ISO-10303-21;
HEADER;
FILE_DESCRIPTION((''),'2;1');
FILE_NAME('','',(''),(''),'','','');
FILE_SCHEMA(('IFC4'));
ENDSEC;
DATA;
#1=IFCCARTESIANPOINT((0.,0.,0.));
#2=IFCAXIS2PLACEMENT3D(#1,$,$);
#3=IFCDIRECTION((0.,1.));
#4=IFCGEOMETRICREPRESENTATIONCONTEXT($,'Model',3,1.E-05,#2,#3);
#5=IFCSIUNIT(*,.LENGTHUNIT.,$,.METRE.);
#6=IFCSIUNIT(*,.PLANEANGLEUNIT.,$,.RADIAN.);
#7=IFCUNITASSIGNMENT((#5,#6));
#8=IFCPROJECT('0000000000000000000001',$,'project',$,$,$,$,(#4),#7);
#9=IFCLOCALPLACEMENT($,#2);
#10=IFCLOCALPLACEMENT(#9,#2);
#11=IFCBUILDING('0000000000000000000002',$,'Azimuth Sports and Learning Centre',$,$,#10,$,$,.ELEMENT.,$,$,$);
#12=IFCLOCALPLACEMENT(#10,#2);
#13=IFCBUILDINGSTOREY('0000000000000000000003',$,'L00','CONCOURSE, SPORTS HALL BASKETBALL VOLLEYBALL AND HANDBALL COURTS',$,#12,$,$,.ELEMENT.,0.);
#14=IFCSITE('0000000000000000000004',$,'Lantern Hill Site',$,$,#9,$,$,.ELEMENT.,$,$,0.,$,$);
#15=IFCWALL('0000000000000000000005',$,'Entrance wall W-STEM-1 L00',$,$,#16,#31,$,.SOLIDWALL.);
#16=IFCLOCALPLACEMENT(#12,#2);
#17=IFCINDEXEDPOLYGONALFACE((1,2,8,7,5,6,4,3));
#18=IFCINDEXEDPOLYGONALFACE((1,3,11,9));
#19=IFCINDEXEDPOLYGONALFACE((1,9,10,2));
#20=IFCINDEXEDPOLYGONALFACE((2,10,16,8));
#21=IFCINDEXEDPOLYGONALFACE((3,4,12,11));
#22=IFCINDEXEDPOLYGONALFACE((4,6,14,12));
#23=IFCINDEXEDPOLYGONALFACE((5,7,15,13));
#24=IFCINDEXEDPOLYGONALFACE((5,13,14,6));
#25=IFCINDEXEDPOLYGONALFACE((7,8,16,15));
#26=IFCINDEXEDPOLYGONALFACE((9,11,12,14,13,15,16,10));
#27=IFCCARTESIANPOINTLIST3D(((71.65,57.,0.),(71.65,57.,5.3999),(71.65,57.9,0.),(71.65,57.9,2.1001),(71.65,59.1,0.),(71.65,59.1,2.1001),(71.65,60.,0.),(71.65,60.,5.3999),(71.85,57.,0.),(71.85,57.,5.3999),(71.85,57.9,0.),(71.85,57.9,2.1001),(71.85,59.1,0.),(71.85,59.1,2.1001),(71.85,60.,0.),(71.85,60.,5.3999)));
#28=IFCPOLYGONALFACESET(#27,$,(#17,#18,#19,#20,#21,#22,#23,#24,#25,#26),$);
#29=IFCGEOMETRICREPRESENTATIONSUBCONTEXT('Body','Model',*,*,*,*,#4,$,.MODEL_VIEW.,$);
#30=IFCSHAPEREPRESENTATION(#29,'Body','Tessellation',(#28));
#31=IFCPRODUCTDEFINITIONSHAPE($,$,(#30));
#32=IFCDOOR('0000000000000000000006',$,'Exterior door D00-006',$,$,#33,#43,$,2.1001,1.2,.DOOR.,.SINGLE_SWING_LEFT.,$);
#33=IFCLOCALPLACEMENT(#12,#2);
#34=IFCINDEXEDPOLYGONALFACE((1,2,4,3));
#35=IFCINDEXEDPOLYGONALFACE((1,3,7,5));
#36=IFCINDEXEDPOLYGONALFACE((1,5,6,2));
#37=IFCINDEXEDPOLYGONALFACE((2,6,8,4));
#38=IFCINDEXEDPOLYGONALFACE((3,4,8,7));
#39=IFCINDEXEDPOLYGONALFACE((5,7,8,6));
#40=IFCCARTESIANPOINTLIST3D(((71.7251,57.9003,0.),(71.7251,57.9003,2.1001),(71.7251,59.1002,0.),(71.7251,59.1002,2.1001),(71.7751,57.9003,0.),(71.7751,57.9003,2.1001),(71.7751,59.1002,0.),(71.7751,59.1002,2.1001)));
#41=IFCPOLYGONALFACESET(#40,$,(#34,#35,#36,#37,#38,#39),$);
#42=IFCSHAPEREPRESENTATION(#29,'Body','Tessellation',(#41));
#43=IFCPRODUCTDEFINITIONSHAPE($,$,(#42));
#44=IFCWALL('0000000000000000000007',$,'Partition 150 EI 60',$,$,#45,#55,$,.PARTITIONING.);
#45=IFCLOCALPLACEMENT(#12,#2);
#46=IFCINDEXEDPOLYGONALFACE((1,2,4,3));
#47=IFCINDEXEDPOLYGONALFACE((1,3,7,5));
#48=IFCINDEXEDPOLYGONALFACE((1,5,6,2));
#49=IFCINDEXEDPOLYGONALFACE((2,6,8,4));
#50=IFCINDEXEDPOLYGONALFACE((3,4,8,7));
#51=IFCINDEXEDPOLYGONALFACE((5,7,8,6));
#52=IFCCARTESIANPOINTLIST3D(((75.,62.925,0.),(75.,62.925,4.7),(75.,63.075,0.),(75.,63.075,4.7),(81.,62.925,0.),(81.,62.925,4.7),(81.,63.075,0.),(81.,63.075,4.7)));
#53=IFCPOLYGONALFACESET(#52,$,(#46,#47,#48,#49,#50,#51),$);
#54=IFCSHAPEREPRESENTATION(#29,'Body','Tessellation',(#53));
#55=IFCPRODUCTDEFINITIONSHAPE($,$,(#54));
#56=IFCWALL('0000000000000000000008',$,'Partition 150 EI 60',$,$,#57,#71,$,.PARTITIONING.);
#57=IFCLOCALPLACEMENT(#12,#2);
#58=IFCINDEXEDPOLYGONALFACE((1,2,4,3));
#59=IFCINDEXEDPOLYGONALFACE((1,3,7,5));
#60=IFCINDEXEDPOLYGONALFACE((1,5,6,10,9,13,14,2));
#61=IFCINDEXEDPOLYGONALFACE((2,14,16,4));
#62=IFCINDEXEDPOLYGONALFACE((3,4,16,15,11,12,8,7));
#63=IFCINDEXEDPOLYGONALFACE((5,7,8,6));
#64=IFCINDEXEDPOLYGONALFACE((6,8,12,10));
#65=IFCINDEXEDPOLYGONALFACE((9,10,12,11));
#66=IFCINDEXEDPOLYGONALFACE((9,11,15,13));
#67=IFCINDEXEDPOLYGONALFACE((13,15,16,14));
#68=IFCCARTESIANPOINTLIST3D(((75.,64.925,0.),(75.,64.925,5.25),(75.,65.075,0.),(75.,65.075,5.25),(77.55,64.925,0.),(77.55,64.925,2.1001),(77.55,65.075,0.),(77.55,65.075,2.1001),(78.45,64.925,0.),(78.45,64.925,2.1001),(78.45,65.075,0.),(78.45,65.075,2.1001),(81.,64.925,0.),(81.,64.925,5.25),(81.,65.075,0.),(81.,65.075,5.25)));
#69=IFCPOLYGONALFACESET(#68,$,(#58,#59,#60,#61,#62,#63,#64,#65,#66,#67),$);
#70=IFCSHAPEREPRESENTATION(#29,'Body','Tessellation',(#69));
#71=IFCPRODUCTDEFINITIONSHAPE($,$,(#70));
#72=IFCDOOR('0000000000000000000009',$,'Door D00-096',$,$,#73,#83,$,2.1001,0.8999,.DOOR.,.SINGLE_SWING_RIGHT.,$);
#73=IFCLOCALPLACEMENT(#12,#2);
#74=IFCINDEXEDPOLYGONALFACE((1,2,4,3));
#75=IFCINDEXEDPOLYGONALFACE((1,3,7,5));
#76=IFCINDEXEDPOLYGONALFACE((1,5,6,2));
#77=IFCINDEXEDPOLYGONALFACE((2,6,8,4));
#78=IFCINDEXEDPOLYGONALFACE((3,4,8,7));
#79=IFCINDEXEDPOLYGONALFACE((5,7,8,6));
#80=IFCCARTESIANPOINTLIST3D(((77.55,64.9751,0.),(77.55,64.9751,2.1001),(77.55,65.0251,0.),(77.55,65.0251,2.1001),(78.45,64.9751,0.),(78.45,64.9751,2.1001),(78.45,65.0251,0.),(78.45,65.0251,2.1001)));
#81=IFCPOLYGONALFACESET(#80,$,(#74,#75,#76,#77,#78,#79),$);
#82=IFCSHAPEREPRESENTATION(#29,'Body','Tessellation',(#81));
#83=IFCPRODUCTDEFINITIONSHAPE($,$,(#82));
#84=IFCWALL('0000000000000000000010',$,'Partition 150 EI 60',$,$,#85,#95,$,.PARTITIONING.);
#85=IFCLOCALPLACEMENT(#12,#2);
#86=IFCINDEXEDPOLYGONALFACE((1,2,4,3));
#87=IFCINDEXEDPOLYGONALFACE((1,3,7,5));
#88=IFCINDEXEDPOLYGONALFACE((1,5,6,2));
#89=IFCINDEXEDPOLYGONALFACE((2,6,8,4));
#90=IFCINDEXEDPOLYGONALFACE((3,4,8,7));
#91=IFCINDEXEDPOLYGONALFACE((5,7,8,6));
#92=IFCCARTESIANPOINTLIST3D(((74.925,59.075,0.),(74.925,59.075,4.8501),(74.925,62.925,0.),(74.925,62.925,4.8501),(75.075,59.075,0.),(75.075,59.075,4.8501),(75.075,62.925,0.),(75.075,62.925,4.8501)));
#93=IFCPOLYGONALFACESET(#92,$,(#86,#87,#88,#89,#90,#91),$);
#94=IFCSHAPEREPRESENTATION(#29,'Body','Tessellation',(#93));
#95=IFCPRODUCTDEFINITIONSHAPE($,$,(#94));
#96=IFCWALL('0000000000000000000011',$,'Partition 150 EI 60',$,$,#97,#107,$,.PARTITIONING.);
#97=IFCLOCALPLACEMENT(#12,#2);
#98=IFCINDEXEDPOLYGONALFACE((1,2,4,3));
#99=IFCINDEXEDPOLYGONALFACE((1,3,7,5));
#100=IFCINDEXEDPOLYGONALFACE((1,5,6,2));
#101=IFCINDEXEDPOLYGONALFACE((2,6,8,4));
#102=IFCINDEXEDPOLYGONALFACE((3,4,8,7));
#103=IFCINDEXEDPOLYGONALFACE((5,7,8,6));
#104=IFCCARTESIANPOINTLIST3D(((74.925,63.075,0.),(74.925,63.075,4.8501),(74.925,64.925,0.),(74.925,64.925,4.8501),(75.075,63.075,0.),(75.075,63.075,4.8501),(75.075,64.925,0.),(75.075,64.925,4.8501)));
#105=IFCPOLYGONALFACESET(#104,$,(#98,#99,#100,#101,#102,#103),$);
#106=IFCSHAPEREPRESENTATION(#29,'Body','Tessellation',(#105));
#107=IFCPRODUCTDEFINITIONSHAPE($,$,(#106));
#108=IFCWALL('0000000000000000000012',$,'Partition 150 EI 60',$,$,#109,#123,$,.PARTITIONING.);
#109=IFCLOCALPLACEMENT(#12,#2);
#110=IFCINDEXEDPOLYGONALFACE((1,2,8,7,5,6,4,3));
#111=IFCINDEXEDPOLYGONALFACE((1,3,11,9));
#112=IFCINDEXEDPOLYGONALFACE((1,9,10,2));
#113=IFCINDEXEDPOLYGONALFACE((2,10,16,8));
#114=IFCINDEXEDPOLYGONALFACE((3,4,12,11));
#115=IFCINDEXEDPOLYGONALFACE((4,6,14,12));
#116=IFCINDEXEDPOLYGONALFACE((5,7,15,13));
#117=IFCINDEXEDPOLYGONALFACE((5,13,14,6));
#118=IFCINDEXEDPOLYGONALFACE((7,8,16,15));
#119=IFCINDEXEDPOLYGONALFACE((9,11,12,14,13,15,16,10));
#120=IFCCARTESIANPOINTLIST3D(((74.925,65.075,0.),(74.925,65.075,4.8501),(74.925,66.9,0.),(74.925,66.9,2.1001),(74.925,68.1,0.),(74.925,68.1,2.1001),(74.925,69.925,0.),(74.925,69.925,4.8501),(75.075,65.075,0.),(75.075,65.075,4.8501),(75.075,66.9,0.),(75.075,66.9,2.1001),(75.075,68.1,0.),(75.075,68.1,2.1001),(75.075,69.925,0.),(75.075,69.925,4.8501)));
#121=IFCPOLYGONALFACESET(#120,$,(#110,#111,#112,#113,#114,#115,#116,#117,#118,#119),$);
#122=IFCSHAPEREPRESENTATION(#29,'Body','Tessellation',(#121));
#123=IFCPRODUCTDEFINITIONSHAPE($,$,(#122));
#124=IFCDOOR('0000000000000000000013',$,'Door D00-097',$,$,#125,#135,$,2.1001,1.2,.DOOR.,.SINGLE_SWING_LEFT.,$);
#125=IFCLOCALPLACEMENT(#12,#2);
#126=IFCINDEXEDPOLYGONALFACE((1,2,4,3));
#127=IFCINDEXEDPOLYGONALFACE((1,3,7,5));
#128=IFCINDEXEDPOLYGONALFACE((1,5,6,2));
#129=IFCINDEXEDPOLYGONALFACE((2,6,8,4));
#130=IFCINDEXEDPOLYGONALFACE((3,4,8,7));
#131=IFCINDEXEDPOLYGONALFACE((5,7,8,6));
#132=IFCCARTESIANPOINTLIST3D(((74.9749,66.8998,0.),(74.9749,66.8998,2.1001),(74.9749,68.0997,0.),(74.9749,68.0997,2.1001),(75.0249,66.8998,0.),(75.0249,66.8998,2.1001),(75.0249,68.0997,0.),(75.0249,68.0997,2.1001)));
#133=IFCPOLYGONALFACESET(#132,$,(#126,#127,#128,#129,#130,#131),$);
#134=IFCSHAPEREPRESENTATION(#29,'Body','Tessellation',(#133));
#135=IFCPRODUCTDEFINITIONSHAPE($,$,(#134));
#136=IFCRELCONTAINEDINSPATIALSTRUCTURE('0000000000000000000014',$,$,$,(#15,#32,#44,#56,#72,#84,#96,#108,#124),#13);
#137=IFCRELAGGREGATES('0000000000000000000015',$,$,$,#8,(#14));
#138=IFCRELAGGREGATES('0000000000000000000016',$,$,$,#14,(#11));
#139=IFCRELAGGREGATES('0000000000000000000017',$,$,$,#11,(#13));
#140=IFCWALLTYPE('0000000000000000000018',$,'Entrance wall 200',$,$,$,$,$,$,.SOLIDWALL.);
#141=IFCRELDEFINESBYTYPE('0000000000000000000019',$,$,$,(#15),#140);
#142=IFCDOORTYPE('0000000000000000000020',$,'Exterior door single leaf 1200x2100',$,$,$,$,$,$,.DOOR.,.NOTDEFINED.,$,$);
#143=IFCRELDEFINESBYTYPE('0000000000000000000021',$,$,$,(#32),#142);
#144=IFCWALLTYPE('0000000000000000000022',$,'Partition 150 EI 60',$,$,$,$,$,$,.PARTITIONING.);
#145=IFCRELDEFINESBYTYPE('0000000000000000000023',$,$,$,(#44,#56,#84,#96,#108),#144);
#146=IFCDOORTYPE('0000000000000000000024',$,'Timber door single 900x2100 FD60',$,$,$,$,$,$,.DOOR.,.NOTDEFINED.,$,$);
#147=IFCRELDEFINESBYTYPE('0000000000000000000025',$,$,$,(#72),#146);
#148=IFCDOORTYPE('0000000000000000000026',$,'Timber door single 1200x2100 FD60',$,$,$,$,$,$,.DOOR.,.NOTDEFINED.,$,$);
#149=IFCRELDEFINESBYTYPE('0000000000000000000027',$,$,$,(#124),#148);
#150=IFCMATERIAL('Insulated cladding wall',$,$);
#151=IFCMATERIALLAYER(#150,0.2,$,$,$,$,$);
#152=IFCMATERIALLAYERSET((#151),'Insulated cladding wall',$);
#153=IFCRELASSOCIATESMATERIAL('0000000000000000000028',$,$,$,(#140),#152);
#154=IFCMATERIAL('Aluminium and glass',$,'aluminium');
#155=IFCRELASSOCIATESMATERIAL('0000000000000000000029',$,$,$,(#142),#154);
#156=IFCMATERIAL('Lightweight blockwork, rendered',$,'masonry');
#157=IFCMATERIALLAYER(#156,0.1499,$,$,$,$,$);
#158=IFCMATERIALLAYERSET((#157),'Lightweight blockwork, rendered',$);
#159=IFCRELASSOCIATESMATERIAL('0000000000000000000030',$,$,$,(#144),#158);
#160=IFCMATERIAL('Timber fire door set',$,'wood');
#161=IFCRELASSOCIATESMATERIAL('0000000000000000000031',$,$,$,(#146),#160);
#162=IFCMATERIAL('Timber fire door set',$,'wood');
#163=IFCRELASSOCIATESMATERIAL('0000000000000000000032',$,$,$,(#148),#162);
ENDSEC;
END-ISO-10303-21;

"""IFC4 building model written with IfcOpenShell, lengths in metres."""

from ifc_helpers import new_model, si_unit, direction, frame, frame_2d, origin, place, context, subcontext, project, spatial, rectangle, extrude, material, layer, layer_set, type_object, element, fill, save


model = new_model("IFC4")

# Units and contexts
model_context = context("Model", 3, precision=1e-05, world=origin(), true_north=direction((0.0, 1.0)))
body_context = subcontext(model_context, "Body", "Model", "MODEL_VIEW")
ifc_project = project(units=[si_unit("LENGTHUNIT", "METRE"), si_unit("PLANEANGLEUNIT", "RADIAN")], contexts=[model_context])

# Site, building, storey
site_placement = place(None, origin())
site = spatial("IfcSite", under=ifc_project, at=site_placement, Name="Lantern Hill Site", CompositionType="ELEMENT", RefElevation=0.0)
building_placement = place(site_placement, origin())
building = spatial("IfcBuilding", under=site, at=building_placement, Name="Azimuth Sports and Learning Centre", CompositionType="ELEMENT")
storey_placement = place(building_placement, origin())
storey = spatial("IfcBuildingStorey", under=building, at=storey_placement, Name="L00", Description="CONCOURSE, SPORTS HALL BASKETBALL VOLLEYBALL AND HANDBALL COURTS", CompositionType="ELEMENT", Elevation=0.0)

# Wall, opening, door
ifc_material_1 = material(Name="Insulated cladding wall")
ifc_layer_1 = layer(ifc_material_1, 0.2)
ifc_layer_set_1 = layer_set([ifc_layer_1], Name="Insulated cladding wall")
wall_type_1 = type_object("IfcWallType", Name="Entrance wall 200", PredefinedType="SOLIDWALL", material=ifc_layer_set_1)
wall_1_placement = place(storey_placement, frame((71.75, 60.0, 0.0), z_axis=(0.0, 0.0, 1.0), x_axis=(0.0, -1.0, 0.0)))
wall_1 = element("IfcWall", 1, at=wall_1_placement, inside=storey, type_object=wall_type_1, Name="Entrance wall W-STEM-1 L00", PredefinedType="SOLIDWALL", context=body_context, shape_type="SweptSolid", body=[
    extrude(rectangle(XDim=3.0, YDim=0.2, at=frame_2d((1.5, 0.0))), origin(), (0.0, 0.0, 1.0), 5.3999),
])
opening_1_placement = place(wall_1_placement, frame((0.8999, 0.0, 0.0)))
opening_1 = element("IfcOpeningElement", 2, at=opening_1_placement, cuts=wall_1, PredefinedType="OPENING", context=body_context, shape_type="SweptSolid", body=[
    extrude(rectangle(XDim=1.2, YDim=2.1001, at=frame_2d((0.6001, 1.05))), frame((0.0, 0.1108, 0.0), z_axis=(0.0, -1.0, 0.0), x_axis=(1.0, 0.0, 0.0)), (0.0, 0.0, 1.0), 0.2219),
])
ifc_material_2 = material(Name="Aluminium and glass", Category="aluminium")
door_type_1 = type_object("IfcDoorType", Name="Exterior door single leaf 1200x2100", OperationType="NOTDEFINED", PredefinedType="DOOR", material=ifc_material_2)
door_1_placement = place(opening_1_placement, frame((1.2, 0.0, 0.0), z_axis=(0.0, 0.0, 1.0), x_axis=(-1.0, 0.0, 0.0)))
door_1 = element("IfcDoor", 3, at=door_1_placement, inside=storey, type_object=door_type_1, Name="Exterior door D00-006", OperationType="SINGLE_SWING_LEFT", OverallHeight=2.1001, OverallWidth=1.2, PredefinedType="DOOR", context=body_context, shape_type="SweptSolid", body=[
    extrude(rectangle(XDim=1.2, YDim=2.1001, at=frame_2d((0.6001, 1.05))), frame((0.0, 0.0249, 0.0), z_axis=(0.0, -1.0, 0.0), x_axis=(1.0, 0.0, 0.0)), (0.0, 0.0, 1.0), 0.05),
])
fill(opening_1, door_1)

# Wall
ifc_material_3 = material(Name="Lightweight blockwork, rendered", Category="masonry")
ifc_layer_2 = layer(ifc_material_3, 0.1499)
ifc_layer_set_2 = layer_set([ifc_layer_2], Name="Lightweight blockwork, rendered")
wall_type_2 = type_object("IfcWallType", Name="Partition 150 EI 60", PredefinedType="PARTITIONING", material=ifc_layer_set_2)
wall_2_placement = place(storey_placement, frame((75.0, 63.0, 0.0), z_axis=(0.0, 0.0, 1.0), x_axis=(1.0, 0.0, 0.0)))
element("IfcWall", 4, at=wall_2_placement, inside=storey, type_object=wall_type_2, Name="Partition 150 EI 60", PredefinedType="PARTITIONING", context=body_context, shape_type="SweptSolid", body=[
    extrude(rectangle(XDim=6.0, YDim=0.1499, at=frame_2d((3.0, 0.0))), origin(), (0.0, 0.0, 1.0), 4.7),
])

# Wall, opening, door
wall_3_placement = place(storey_placement, frame((75.0, 65.0, 0.0), z_axis=(0.0, 0.0, 1.0), x_axis=(1.0, 0.0, 0.0)))
wall_3 = element("IfcWall", 5, at=wall_3_placement, inside=storey, type_object=wall_type_2, Name="Partition 150 EI 60", PredefinedType="PARTITIONING", context=body_context, shape_type="SweptSolid", body=[
    extrude(rectangle(XDim=6.0, YDim=0.1499, at=frame_2d((3.0, 0.0))), origin(), (0.0, 0.0, 1.0), 5.25),
])
opening_2_placement = place(wall_3_placement, frame((2.55, 0.0, 0.0)))
opening_2 = element("IfcOpeningElement", 6, at=opening_2_placement, cuts=wall_3, PredefinedType="OPENING", context=body_context, shape_type="SweptSolid", body=[
    extrude(rectangle(XDim=0.8999, YDim=2.1001, at=frame_2d((0.45, 1.05))), frame((0.0, 0.0859, 0.0), z_axis=(0.0, -1.0, 0.0), x_axis=(1.0, 0.0, 0.0)), (0.0, 0.0, 1.0), 0.1719),
])
ifc_material_4 = material(Name="Timber fire door set", Category="wood")
door_type_2 = type_object("IfcDoorType", Name="Timber door single 900x2100 FD60", OperationType="NOTDEFINED", PredefinedType="DOOR", material=ifc_material_4)
door_2_placement = place(opening_2_placement, frame((0.8999, 0.0, 0.0), z_axis=(0.0, 0.0, 1.0), x_axis=(-1.0, 0.0, 0.0)))
door_2 = element("IfcDoor", 7, at=door_2_placement, inside=storey, type_object=door_type_2, Name="Door D00-096", OperationType="SINGLE_SWING_RIGHT", OverallHeight=2.1001, OverallWidth=0.8999, PredefinedType="DOOR", context=body_context, shape_type="SweptSolid", body=[
    extrude(rectangle(XDim=0.8999, YDim=2.1001, at=frame_2d((0.45, 1.05))), frame((0.0, 0.0249, 0.0), z_axis=(0.0, -1.0, 0.0), x_axis=(1.0, 0.0, 0.0)), (0.0, 0.0, 1.0), 0.05),
])
fill(opening_2, door_2)

# Walls
wall_4_placement = place(storey_placement, frame((75.0, 59.075, 0.0), z_axis=(0.0, 0.0, 1.0), x_axis=(0.0, 1.0, 0.0)))
element("IfcWall", 8, at=wall_4_placement, inside=storey, type_object=wall_type_2, Name="Partition 150 EI 60", PredefinedType="PARTITIONING", context=body_context, shape_type="SweptSolid", body=[
    extrude(rectangle(XDim=3.8501, YDim=0.1499, at=frame_2d((1.925, 0.0))), origin(), (0.0, 0.0, 1.0), 4.8501),
])
wall_5_placement = place(storey_placement, frame((75.0, 63.075, 0.0), z_axis=(0.0, 0.0, 1.0), x_axis=(0.0, 1.0, 0.0)))
element("IfcWall", 9, at=wall_5_placement, inside=storey, type_object=wall_type_2, Name="Partition 150 EI 60", PredefinedType="PARTITIONING", context=body_context, shape_type="SweptSolid", body=[
    extrude(rectangle(XDim=1.8501, YDim=0.1499, at=frame_2d((0.925, 0.0))), origin(), (0.0, 0.0, 1.0), 4.8501),
])

# Wall, opening, door
wall_6_placement = place(storey_placement, frame((75.0, 65.075, 0.0), z_axis=(0.0, 0.0, 1.0), x_axis=(0.0, 1.0, 0.0)))
wall_6 = element("IfcWall", 10, at=wall_6_placement, inside=storey, type_object=wall_type_2, Name="Partition 150 EI 60", PredefinedType="PARTITIONING", context=body_context, shape_type="SweptSolid", body=[
    extrude(rectangle(XDim=4.8501, YDim=0.1499, at=frame_2d((2.425, 0.0))), origin(), (0.0, 0.0, 1.0), 4.8501),
])
opening_3_placement = place(wall_6_placement, frame((1.825, 0.0, 0.0)))
opening_3 = element("IfcOpeningElement", 11, at=opening_3_placement, cuts=wall_6, PredefinedType="OPENING", context=body_context, shape_type="SweptSolid", body=[
    extrude(rectangle(XDim=1.2, YDim=2.1001, at=frame_2d((0.6001, 1.05))), frame((0.0, 0.0859, 0.0), z_axis=(0.0, -1.0, 0.0), x_axis=(1.0, 0.0, 0.0)), (0.0, 0.0, 1.0), 0.1719),
])
ifc_material_5 = material(Name="Timber fire door set", Category="wood")
door_type_3 = type_object("IfcDoorType", Name="Timber door single 1200x2100 FD60", OperationType="NOTDEFINED", PredefinedType="DOOR", material=ifc_material_5)
door_3_placement = place(opening_3_placement, frame((1.2, 0.0, 0.0), z_axis=(0.0, 0.0, 1.0), x_axis=(-1.0, 0.0, 0.0)))
door_3 = element("IfcDoor", 12, at=door_3_placement, inside=storey, type_object=door_type_3, Name="Door D00-097", OperationType="SINGLE_SWING_LEFT", OverallHeight=2.1001, OverallWidth=1.2, PredefinedType="DOOR", context=body_context, shape_type="SweptSolid", body=[
    extrude(rectangle(XDim=1.2, YDim=2.1001, at=frame_2d((0.6001, 1.05))), frame((0.0, 0.0249, 0.0), z_axis=(0.0, -1.0, 0.0), x_axis=(1.0, 0.0, 0.0)), (0.0, 0.0, 1.0), 0.05),
])
fill(opening_3, door_3)

save(model, "model.ifc")
